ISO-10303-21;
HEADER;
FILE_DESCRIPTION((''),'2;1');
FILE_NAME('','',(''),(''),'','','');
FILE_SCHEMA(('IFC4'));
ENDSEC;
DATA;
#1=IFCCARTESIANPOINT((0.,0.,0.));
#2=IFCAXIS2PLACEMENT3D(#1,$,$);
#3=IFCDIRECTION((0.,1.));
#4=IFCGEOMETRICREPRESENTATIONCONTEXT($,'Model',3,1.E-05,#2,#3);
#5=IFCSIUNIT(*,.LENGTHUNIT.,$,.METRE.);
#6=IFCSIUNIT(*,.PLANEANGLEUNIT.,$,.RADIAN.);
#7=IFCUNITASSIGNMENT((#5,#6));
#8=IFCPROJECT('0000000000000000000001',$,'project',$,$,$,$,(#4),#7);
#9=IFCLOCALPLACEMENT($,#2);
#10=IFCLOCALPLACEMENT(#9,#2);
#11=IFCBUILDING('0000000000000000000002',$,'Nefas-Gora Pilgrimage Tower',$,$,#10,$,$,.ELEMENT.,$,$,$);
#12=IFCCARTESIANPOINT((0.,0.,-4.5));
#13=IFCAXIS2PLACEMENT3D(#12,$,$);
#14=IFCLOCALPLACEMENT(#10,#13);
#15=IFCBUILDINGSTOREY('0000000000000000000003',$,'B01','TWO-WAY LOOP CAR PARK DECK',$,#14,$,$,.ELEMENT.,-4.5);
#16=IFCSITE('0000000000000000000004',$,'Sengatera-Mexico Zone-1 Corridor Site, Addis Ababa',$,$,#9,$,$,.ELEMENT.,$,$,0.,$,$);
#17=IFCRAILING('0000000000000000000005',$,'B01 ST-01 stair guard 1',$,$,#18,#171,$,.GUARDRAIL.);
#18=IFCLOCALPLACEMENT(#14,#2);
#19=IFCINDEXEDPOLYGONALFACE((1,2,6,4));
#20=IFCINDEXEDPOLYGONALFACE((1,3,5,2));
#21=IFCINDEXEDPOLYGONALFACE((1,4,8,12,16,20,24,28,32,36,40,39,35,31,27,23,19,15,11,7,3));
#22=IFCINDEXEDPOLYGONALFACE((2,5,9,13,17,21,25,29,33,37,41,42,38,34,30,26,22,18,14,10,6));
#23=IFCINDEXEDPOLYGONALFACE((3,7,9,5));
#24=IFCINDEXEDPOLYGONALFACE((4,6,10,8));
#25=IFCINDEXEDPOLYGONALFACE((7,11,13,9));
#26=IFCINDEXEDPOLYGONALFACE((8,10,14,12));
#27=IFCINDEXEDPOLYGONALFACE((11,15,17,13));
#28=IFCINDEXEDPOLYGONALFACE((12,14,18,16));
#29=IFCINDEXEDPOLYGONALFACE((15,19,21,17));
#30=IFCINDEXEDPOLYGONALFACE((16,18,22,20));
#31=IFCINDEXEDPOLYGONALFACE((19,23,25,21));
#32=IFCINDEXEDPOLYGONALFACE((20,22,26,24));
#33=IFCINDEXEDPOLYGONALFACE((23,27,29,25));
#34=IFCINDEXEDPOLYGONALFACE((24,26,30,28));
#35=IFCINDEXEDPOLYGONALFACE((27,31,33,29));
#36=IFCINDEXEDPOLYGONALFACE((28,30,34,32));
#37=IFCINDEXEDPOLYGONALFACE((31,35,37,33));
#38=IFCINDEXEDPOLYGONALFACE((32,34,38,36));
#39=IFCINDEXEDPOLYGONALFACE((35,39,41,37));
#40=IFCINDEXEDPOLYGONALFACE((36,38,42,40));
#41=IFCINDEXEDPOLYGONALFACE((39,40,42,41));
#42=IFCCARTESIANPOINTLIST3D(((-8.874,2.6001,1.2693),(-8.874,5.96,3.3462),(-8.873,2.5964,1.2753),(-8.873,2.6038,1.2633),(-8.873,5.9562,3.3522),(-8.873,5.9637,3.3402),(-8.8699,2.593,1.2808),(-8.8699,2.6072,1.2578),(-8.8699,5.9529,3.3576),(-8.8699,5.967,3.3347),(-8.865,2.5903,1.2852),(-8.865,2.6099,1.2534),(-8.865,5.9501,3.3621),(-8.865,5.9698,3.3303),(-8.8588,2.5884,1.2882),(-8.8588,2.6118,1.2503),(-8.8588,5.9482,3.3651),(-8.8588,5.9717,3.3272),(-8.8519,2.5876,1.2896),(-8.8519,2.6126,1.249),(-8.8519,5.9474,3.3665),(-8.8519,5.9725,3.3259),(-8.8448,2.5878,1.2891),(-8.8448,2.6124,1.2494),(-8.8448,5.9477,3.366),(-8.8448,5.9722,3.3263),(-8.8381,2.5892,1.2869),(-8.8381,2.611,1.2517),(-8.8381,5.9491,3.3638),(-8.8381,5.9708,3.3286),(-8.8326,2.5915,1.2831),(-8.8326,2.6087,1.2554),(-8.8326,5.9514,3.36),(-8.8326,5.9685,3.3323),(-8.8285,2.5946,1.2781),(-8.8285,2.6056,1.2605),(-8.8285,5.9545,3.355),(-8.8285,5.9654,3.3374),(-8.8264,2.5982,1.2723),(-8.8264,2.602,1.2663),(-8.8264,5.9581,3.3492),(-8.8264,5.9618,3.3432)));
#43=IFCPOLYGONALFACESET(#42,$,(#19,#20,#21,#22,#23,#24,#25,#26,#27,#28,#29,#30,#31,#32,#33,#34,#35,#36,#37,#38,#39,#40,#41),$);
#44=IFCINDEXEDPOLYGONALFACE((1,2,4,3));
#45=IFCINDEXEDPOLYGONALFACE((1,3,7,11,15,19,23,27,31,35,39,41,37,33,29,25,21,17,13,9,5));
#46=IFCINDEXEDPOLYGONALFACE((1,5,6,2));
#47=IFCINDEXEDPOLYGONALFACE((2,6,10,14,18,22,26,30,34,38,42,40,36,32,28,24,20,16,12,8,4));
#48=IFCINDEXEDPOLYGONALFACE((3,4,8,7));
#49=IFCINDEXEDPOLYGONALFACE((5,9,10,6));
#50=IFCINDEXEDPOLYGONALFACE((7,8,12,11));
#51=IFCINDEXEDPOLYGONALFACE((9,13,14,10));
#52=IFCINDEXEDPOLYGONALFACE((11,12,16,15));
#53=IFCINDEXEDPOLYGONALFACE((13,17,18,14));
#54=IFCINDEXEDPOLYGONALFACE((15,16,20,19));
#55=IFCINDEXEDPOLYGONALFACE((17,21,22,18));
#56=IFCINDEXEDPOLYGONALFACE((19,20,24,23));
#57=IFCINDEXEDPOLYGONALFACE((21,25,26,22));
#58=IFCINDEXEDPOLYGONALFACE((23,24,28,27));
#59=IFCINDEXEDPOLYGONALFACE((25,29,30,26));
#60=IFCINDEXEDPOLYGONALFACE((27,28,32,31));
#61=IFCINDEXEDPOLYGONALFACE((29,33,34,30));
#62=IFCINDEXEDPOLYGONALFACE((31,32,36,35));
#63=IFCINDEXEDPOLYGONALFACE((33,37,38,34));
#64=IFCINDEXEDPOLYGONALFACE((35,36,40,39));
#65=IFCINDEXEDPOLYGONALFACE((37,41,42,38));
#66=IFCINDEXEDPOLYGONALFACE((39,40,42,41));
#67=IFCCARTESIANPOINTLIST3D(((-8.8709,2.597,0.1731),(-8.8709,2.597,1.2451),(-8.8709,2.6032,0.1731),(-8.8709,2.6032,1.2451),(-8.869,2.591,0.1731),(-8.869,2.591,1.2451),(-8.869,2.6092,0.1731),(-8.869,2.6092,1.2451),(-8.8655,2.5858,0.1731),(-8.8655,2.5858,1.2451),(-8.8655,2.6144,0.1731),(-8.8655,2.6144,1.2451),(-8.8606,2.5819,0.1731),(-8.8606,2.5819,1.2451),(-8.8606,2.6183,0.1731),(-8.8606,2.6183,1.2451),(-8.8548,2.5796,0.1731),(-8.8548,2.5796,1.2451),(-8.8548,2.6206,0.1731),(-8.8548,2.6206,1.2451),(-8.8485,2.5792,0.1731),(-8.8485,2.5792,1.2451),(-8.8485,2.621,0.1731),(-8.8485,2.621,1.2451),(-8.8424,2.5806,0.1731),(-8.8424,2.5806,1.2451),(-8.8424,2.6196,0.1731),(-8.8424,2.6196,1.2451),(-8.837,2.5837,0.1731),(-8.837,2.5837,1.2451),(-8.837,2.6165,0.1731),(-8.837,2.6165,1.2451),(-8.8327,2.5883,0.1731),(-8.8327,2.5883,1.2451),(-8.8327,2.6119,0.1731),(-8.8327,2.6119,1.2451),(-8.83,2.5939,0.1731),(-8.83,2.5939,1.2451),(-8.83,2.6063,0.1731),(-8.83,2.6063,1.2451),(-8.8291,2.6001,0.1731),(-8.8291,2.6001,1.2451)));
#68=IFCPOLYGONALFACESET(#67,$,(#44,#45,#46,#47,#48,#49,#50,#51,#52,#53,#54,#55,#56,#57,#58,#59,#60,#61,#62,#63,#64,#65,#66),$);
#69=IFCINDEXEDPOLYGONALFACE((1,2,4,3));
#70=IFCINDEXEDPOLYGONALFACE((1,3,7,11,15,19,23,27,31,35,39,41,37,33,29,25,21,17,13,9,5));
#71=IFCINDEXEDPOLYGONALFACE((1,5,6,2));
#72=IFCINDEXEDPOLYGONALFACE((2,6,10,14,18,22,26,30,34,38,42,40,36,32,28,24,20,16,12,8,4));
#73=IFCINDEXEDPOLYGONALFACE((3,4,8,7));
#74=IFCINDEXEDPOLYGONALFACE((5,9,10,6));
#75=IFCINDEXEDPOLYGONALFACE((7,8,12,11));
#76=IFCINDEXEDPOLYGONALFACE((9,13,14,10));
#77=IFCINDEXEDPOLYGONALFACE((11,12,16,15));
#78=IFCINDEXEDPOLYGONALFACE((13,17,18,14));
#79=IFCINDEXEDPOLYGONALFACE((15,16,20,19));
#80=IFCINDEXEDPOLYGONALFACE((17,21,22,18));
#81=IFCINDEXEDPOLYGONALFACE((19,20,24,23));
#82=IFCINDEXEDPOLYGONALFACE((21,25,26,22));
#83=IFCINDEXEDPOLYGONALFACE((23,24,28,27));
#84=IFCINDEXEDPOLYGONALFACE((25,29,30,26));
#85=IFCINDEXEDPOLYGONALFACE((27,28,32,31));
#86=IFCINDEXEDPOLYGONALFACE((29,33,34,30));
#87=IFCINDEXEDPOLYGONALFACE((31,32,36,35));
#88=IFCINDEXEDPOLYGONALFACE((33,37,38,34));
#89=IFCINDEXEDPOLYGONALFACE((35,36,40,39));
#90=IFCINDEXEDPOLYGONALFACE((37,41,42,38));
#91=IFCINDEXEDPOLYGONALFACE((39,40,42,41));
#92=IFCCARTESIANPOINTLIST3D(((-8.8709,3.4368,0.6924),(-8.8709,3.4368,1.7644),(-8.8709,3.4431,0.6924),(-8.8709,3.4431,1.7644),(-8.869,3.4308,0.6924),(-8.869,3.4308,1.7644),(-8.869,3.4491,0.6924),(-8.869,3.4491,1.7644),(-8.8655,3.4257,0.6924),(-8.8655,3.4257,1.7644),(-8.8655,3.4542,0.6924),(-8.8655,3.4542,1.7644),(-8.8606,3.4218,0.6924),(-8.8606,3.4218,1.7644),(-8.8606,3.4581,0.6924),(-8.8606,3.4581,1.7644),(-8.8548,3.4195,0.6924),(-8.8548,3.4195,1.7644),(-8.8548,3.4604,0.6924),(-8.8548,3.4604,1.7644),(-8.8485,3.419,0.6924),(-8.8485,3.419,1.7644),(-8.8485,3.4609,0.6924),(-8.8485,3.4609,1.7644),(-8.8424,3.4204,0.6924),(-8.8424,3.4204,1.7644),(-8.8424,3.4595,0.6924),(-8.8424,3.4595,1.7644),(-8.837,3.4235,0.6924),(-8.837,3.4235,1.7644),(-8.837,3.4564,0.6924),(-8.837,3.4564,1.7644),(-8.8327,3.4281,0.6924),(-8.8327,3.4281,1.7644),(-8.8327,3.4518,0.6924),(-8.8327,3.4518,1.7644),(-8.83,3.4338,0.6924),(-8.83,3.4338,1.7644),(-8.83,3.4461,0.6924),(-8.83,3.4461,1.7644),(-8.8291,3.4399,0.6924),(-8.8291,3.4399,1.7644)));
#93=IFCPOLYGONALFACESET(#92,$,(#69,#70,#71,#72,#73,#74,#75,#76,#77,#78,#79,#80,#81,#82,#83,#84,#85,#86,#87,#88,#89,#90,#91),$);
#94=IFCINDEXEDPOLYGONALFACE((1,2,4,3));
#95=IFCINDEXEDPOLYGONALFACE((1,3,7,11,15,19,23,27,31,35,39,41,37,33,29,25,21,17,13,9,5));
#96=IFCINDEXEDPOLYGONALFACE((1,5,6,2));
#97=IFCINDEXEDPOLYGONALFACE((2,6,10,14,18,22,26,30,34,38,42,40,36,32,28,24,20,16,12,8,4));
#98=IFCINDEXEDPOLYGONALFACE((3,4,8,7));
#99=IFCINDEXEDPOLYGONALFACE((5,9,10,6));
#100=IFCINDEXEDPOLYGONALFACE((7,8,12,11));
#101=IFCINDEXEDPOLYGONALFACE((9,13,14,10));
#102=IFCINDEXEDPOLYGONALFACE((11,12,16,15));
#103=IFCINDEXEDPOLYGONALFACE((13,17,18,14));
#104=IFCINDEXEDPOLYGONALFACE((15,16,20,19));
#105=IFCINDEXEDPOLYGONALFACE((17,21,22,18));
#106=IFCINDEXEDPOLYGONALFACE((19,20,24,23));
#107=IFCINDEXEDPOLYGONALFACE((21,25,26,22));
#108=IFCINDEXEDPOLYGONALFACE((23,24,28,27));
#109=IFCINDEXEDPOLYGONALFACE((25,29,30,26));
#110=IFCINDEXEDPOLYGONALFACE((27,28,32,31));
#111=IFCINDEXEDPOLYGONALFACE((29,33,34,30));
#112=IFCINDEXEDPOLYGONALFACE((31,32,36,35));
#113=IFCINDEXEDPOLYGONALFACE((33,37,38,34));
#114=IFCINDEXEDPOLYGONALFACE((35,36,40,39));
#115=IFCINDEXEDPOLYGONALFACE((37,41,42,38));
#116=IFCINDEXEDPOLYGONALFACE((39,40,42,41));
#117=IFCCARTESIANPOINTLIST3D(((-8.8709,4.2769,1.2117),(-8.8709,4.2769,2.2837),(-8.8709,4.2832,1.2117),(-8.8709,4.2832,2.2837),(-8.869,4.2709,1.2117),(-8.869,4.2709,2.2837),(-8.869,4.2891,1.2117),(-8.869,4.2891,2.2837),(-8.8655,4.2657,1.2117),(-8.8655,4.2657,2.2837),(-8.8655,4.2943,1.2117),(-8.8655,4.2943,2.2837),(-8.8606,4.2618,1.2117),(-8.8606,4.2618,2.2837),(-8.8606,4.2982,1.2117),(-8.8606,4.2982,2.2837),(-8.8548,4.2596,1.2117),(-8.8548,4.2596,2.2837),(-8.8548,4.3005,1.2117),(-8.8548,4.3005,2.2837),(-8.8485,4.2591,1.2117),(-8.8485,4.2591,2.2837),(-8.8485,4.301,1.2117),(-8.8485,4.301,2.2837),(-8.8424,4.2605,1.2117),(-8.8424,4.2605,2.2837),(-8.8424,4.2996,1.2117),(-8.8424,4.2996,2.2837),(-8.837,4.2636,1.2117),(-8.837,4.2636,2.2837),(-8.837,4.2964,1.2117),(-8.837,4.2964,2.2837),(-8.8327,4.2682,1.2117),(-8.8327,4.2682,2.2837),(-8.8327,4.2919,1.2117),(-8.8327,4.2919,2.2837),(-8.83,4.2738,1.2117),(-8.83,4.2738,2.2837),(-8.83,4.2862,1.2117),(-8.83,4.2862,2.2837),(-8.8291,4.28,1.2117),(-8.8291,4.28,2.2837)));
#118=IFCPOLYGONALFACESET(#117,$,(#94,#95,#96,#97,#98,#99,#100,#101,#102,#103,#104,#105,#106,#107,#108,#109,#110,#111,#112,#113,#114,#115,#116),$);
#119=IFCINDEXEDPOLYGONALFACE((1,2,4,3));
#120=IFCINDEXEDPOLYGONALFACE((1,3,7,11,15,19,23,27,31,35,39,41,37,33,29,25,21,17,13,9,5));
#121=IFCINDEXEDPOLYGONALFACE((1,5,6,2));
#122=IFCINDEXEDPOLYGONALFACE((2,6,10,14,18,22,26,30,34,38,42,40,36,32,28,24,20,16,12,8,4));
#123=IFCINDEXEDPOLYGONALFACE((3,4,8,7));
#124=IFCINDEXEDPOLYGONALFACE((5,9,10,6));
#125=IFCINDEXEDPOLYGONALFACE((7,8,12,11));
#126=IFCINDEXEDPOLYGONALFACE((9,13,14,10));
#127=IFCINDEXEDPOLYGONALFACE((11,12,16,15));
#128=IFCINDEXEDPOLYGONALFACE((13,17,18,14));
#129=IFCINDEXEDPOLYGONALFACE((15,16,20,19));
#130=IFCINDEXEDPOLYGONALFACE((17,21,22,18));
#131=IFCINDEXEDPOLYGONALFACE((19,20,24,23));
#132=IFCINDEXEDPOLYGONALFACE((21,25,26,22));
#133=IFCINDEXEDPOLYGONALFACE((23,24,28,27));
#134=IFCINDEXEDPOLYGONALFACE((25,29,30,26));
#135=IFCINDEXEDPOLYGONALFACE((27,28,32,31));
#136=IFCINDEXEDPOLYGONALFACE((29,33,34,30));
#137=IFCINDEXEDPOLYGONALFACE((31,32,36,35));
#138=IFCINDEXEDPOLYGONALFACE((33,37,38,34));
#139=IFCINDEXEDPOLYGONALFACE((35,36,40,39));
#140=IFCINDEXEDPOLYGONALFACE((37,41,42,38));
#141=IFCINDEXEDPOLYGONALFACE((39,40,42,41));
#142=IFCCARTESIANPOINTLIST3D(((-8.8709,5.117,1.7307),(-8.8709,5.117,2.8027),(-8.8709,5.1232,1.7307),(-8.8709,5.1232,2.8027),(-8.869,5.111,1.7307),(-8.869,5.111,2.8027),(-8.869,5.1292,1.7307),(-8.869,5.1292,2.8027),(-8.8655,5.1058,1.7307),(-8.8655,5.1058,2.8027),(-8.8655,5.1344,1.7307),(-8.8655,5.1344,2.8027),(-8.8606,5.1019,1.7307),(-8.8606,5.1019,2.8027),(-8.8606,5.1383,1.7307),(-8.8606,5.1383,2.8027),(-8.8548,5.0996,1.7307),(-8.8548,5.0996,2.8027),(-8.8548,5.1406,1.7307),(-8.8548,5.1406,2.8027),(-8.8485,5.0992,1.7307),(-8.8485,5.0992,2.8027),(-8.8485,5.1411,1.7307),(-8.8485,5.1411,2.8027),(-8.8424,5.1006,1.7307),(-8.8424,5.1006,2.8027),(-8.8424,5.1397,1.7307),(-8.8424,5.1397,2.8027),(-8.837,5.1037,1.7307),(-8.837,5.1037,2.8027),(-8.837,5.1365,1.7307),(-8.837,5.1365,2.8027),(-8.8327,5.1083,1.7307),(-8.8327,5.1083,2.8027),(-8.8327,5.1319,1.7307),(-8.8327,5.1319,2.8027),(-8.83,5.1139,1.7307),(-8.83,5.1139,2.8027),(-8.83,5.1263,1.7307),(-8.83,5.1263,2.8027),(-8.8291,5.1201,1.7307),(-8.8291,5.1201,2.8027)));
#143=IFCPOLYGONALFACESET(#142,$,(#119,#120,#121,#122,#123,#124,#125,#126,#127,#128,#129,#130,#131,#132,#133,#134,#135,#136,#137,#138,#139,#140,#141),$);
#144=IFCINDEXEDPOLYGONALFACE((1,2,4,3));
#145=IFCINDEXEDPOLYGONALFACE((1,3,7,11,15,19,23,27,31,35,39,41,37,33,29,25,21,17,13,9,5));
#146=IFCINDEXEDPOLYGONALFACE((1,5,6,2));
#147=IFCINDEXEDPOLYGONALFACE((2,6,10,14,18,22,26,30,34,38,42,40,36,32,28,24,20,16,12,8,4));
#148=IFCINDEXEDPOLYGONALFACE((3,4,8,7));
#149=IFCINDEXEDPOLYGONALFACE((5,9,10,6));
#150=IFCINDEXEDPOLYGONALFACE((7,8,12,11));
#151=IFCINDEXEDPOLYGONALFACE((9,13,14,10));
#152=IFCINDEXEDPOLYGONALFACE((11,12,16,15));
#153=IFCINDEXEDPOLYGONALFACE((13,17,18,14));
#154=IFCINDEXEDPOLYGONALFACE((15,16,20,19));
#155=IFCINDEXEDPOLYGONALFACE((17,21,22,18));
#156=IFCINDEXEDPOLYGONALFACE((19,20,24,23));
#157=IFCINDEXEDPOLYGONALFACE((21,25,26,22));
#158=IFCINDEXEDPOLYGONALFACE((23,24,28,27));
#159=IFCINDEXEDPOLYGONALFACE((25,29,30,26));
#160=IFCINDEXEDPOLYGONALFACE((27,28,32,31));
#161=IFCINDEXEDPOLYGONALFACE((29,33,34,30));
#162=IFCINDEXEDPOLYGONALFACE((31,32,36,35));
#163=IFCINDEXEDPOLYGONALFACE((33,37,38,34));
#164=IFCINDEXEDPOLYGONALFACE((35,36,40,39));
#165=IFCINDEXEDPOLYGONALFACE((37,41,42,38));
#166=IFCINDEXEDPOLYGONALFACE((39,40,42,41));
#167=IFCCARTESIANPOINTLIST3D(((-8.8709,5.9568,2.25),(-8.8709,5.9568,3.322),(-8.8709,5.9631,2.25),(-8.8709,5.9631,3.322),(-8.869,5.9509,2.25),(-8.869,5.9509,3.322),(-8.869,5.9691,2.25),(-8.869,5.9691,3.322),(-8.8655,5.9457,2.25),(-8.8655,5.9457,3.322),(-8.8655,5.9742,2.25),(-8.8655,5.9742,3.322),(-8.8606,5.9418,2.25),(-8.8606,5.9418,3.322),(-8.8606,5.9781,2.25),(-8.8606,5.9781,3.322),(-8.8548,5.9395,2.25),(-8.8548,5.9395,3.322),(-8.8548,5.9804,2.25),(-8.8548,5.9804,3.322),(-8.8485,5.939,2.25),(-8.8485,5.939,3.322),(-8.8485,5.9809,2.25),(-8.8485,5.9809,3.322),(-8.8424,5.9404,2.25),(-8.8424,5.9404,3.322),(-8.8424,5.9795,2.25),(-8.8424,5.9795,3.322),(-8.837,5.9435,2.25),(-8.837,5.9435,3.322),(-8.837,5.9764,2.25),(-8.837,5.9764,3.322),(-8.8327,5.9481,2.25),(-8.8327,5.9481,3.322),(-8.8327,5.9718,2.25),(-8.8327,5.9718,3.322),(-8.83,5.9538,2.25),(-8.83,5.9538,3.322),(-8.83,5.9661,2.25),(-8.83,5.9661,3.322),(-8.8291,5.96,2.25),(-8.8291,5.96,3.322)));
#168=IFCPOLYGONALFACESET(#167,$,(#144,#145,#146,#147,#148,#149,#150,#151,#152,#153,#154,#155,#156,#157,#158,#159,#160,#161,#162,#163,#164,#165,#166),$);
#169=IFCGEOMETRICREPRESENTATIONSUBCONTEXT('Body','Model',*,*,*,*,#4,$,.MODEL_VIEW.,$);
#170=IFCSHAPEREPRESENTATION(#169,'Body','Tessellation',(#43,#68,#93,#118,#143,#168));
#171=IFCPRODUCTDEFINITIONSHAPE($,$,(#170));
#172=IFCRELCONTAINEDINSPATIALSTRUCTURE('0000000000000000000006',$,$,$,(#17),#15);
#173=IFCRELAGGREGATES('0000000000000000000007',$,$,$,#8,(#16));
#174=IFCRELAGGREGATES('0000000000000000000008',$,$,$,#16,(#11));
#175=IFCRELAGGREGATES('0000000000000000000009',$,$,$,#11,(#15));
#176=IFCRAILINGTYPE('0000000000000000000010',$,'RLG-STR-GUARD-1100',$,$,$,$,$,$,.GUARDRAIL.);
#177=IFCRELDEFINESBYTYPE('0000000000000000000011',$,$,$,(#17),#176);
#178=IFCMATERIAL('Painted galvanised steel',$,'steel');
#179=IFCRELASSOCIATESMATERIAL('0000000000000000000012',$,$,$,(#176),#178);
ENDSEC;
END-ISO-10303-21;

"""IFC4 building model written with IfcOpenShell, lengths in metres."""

from ifc_helpers import new_model, si_unit, direction, frame, origin, origin_2d, place, context, subcontext, project, spatial, circle, extrude, material, type_object, element, save


model = new_model("IFC4")

# Units and contexts
model_context = context("Model", 3, precision=1e-05, world=origin(), true_north=direction((0.0, 1.0)))
body_context = subcontext(model_context, "Body", "Model", "MODEL_VIEW")
ifc_project = project(units=[si_unit("LENGTHUNIT", "METRE"), si_unit("PLANEANGLEUNIT", "RADIAN")], contexts=[model_context])

# Site, building, storey
site_placement = place(None, origin())
site = spatial("IfcSite", under=ifc_project, at=site_placement, Name="Sengatera-Mexico Zone-1 Corridor Site, Addis Ababa", CompositionType="ELEMENT", RefElevation=0.0)
building_placement = place(site_placement, origin())
building = spatial("IfcBuilding", under=site, at=building_placement, Name="Nefas-Gora Pilgrimage Tower", CompositionType="ELEMENT")
storey_placement = place(building_placement, frame((0.0, 0.0, -4.5)))
storey = spatial("IfcBuildingStorey", under=building, at=storey_placement, Name="B01", Description="TWO-WAY LOOP CAR PARK DECK", CompositionType="ELEMENT", Elevation=-4.5)

# Railing
ifc_material_1 = material(Name="Painted galvanised steel", Category="steel")
railing_type_1 = type_object("IfcRailingType", Name="RLG-STR-GUARD-1100", PredefinedType="GUARDRAIL", material=ifc_material_1)
railing_1_placement = place(storey_placement, frame((-8.8501, 2.6001, 0.1731)))
element("IfcRailing", 1, at=railing_1_placement, inside=storey, type_object=railing_type_1, Name="B01 ST-01 stair guard 1", PredefinedType="GUARDRAIL", context=body_context, shape_type="SweptSolid", body=[
    extrude(circle(Radius=0.0239, at=origin_2d()), frame((0.0, 0.0, 1.0962), z_axis=(0.0, 0.850606, 0.525803), x_axis=(-1.0, 0.0, 0.0)), (0.0, 0.0, 1.0), 3.95),
    extrude(circle(Radius=0.021, at=origin_2d()), origin(), (0.0, 0.0, 1.0), 1.072),
    extrude(circle(Radius=0.021, at=origin_2d()), frame((0.0, 0.8398, 0.5193)), (0.0, 0.0, 1.0), 1.072),
    extrude(circle(Radius=0.021, at=origin_2d()), frame((0.0, 1.6799, 1.0386)), (0.0, 0.0, 1.0), 1.072),
    extrude(circle(Radius=0.021, at=origin_2d()), frame((0.0, 2.52, 1.5576)), (0.0, 0.0, 1.0), 1.072),
    extrude(circle(Radius=0.021, at=origin_2d()), frame((0.0, 3.3599, 2.0769)), (0.0, 0.0, 1.0), 1.072),
])

save(model, "model.ifc")
